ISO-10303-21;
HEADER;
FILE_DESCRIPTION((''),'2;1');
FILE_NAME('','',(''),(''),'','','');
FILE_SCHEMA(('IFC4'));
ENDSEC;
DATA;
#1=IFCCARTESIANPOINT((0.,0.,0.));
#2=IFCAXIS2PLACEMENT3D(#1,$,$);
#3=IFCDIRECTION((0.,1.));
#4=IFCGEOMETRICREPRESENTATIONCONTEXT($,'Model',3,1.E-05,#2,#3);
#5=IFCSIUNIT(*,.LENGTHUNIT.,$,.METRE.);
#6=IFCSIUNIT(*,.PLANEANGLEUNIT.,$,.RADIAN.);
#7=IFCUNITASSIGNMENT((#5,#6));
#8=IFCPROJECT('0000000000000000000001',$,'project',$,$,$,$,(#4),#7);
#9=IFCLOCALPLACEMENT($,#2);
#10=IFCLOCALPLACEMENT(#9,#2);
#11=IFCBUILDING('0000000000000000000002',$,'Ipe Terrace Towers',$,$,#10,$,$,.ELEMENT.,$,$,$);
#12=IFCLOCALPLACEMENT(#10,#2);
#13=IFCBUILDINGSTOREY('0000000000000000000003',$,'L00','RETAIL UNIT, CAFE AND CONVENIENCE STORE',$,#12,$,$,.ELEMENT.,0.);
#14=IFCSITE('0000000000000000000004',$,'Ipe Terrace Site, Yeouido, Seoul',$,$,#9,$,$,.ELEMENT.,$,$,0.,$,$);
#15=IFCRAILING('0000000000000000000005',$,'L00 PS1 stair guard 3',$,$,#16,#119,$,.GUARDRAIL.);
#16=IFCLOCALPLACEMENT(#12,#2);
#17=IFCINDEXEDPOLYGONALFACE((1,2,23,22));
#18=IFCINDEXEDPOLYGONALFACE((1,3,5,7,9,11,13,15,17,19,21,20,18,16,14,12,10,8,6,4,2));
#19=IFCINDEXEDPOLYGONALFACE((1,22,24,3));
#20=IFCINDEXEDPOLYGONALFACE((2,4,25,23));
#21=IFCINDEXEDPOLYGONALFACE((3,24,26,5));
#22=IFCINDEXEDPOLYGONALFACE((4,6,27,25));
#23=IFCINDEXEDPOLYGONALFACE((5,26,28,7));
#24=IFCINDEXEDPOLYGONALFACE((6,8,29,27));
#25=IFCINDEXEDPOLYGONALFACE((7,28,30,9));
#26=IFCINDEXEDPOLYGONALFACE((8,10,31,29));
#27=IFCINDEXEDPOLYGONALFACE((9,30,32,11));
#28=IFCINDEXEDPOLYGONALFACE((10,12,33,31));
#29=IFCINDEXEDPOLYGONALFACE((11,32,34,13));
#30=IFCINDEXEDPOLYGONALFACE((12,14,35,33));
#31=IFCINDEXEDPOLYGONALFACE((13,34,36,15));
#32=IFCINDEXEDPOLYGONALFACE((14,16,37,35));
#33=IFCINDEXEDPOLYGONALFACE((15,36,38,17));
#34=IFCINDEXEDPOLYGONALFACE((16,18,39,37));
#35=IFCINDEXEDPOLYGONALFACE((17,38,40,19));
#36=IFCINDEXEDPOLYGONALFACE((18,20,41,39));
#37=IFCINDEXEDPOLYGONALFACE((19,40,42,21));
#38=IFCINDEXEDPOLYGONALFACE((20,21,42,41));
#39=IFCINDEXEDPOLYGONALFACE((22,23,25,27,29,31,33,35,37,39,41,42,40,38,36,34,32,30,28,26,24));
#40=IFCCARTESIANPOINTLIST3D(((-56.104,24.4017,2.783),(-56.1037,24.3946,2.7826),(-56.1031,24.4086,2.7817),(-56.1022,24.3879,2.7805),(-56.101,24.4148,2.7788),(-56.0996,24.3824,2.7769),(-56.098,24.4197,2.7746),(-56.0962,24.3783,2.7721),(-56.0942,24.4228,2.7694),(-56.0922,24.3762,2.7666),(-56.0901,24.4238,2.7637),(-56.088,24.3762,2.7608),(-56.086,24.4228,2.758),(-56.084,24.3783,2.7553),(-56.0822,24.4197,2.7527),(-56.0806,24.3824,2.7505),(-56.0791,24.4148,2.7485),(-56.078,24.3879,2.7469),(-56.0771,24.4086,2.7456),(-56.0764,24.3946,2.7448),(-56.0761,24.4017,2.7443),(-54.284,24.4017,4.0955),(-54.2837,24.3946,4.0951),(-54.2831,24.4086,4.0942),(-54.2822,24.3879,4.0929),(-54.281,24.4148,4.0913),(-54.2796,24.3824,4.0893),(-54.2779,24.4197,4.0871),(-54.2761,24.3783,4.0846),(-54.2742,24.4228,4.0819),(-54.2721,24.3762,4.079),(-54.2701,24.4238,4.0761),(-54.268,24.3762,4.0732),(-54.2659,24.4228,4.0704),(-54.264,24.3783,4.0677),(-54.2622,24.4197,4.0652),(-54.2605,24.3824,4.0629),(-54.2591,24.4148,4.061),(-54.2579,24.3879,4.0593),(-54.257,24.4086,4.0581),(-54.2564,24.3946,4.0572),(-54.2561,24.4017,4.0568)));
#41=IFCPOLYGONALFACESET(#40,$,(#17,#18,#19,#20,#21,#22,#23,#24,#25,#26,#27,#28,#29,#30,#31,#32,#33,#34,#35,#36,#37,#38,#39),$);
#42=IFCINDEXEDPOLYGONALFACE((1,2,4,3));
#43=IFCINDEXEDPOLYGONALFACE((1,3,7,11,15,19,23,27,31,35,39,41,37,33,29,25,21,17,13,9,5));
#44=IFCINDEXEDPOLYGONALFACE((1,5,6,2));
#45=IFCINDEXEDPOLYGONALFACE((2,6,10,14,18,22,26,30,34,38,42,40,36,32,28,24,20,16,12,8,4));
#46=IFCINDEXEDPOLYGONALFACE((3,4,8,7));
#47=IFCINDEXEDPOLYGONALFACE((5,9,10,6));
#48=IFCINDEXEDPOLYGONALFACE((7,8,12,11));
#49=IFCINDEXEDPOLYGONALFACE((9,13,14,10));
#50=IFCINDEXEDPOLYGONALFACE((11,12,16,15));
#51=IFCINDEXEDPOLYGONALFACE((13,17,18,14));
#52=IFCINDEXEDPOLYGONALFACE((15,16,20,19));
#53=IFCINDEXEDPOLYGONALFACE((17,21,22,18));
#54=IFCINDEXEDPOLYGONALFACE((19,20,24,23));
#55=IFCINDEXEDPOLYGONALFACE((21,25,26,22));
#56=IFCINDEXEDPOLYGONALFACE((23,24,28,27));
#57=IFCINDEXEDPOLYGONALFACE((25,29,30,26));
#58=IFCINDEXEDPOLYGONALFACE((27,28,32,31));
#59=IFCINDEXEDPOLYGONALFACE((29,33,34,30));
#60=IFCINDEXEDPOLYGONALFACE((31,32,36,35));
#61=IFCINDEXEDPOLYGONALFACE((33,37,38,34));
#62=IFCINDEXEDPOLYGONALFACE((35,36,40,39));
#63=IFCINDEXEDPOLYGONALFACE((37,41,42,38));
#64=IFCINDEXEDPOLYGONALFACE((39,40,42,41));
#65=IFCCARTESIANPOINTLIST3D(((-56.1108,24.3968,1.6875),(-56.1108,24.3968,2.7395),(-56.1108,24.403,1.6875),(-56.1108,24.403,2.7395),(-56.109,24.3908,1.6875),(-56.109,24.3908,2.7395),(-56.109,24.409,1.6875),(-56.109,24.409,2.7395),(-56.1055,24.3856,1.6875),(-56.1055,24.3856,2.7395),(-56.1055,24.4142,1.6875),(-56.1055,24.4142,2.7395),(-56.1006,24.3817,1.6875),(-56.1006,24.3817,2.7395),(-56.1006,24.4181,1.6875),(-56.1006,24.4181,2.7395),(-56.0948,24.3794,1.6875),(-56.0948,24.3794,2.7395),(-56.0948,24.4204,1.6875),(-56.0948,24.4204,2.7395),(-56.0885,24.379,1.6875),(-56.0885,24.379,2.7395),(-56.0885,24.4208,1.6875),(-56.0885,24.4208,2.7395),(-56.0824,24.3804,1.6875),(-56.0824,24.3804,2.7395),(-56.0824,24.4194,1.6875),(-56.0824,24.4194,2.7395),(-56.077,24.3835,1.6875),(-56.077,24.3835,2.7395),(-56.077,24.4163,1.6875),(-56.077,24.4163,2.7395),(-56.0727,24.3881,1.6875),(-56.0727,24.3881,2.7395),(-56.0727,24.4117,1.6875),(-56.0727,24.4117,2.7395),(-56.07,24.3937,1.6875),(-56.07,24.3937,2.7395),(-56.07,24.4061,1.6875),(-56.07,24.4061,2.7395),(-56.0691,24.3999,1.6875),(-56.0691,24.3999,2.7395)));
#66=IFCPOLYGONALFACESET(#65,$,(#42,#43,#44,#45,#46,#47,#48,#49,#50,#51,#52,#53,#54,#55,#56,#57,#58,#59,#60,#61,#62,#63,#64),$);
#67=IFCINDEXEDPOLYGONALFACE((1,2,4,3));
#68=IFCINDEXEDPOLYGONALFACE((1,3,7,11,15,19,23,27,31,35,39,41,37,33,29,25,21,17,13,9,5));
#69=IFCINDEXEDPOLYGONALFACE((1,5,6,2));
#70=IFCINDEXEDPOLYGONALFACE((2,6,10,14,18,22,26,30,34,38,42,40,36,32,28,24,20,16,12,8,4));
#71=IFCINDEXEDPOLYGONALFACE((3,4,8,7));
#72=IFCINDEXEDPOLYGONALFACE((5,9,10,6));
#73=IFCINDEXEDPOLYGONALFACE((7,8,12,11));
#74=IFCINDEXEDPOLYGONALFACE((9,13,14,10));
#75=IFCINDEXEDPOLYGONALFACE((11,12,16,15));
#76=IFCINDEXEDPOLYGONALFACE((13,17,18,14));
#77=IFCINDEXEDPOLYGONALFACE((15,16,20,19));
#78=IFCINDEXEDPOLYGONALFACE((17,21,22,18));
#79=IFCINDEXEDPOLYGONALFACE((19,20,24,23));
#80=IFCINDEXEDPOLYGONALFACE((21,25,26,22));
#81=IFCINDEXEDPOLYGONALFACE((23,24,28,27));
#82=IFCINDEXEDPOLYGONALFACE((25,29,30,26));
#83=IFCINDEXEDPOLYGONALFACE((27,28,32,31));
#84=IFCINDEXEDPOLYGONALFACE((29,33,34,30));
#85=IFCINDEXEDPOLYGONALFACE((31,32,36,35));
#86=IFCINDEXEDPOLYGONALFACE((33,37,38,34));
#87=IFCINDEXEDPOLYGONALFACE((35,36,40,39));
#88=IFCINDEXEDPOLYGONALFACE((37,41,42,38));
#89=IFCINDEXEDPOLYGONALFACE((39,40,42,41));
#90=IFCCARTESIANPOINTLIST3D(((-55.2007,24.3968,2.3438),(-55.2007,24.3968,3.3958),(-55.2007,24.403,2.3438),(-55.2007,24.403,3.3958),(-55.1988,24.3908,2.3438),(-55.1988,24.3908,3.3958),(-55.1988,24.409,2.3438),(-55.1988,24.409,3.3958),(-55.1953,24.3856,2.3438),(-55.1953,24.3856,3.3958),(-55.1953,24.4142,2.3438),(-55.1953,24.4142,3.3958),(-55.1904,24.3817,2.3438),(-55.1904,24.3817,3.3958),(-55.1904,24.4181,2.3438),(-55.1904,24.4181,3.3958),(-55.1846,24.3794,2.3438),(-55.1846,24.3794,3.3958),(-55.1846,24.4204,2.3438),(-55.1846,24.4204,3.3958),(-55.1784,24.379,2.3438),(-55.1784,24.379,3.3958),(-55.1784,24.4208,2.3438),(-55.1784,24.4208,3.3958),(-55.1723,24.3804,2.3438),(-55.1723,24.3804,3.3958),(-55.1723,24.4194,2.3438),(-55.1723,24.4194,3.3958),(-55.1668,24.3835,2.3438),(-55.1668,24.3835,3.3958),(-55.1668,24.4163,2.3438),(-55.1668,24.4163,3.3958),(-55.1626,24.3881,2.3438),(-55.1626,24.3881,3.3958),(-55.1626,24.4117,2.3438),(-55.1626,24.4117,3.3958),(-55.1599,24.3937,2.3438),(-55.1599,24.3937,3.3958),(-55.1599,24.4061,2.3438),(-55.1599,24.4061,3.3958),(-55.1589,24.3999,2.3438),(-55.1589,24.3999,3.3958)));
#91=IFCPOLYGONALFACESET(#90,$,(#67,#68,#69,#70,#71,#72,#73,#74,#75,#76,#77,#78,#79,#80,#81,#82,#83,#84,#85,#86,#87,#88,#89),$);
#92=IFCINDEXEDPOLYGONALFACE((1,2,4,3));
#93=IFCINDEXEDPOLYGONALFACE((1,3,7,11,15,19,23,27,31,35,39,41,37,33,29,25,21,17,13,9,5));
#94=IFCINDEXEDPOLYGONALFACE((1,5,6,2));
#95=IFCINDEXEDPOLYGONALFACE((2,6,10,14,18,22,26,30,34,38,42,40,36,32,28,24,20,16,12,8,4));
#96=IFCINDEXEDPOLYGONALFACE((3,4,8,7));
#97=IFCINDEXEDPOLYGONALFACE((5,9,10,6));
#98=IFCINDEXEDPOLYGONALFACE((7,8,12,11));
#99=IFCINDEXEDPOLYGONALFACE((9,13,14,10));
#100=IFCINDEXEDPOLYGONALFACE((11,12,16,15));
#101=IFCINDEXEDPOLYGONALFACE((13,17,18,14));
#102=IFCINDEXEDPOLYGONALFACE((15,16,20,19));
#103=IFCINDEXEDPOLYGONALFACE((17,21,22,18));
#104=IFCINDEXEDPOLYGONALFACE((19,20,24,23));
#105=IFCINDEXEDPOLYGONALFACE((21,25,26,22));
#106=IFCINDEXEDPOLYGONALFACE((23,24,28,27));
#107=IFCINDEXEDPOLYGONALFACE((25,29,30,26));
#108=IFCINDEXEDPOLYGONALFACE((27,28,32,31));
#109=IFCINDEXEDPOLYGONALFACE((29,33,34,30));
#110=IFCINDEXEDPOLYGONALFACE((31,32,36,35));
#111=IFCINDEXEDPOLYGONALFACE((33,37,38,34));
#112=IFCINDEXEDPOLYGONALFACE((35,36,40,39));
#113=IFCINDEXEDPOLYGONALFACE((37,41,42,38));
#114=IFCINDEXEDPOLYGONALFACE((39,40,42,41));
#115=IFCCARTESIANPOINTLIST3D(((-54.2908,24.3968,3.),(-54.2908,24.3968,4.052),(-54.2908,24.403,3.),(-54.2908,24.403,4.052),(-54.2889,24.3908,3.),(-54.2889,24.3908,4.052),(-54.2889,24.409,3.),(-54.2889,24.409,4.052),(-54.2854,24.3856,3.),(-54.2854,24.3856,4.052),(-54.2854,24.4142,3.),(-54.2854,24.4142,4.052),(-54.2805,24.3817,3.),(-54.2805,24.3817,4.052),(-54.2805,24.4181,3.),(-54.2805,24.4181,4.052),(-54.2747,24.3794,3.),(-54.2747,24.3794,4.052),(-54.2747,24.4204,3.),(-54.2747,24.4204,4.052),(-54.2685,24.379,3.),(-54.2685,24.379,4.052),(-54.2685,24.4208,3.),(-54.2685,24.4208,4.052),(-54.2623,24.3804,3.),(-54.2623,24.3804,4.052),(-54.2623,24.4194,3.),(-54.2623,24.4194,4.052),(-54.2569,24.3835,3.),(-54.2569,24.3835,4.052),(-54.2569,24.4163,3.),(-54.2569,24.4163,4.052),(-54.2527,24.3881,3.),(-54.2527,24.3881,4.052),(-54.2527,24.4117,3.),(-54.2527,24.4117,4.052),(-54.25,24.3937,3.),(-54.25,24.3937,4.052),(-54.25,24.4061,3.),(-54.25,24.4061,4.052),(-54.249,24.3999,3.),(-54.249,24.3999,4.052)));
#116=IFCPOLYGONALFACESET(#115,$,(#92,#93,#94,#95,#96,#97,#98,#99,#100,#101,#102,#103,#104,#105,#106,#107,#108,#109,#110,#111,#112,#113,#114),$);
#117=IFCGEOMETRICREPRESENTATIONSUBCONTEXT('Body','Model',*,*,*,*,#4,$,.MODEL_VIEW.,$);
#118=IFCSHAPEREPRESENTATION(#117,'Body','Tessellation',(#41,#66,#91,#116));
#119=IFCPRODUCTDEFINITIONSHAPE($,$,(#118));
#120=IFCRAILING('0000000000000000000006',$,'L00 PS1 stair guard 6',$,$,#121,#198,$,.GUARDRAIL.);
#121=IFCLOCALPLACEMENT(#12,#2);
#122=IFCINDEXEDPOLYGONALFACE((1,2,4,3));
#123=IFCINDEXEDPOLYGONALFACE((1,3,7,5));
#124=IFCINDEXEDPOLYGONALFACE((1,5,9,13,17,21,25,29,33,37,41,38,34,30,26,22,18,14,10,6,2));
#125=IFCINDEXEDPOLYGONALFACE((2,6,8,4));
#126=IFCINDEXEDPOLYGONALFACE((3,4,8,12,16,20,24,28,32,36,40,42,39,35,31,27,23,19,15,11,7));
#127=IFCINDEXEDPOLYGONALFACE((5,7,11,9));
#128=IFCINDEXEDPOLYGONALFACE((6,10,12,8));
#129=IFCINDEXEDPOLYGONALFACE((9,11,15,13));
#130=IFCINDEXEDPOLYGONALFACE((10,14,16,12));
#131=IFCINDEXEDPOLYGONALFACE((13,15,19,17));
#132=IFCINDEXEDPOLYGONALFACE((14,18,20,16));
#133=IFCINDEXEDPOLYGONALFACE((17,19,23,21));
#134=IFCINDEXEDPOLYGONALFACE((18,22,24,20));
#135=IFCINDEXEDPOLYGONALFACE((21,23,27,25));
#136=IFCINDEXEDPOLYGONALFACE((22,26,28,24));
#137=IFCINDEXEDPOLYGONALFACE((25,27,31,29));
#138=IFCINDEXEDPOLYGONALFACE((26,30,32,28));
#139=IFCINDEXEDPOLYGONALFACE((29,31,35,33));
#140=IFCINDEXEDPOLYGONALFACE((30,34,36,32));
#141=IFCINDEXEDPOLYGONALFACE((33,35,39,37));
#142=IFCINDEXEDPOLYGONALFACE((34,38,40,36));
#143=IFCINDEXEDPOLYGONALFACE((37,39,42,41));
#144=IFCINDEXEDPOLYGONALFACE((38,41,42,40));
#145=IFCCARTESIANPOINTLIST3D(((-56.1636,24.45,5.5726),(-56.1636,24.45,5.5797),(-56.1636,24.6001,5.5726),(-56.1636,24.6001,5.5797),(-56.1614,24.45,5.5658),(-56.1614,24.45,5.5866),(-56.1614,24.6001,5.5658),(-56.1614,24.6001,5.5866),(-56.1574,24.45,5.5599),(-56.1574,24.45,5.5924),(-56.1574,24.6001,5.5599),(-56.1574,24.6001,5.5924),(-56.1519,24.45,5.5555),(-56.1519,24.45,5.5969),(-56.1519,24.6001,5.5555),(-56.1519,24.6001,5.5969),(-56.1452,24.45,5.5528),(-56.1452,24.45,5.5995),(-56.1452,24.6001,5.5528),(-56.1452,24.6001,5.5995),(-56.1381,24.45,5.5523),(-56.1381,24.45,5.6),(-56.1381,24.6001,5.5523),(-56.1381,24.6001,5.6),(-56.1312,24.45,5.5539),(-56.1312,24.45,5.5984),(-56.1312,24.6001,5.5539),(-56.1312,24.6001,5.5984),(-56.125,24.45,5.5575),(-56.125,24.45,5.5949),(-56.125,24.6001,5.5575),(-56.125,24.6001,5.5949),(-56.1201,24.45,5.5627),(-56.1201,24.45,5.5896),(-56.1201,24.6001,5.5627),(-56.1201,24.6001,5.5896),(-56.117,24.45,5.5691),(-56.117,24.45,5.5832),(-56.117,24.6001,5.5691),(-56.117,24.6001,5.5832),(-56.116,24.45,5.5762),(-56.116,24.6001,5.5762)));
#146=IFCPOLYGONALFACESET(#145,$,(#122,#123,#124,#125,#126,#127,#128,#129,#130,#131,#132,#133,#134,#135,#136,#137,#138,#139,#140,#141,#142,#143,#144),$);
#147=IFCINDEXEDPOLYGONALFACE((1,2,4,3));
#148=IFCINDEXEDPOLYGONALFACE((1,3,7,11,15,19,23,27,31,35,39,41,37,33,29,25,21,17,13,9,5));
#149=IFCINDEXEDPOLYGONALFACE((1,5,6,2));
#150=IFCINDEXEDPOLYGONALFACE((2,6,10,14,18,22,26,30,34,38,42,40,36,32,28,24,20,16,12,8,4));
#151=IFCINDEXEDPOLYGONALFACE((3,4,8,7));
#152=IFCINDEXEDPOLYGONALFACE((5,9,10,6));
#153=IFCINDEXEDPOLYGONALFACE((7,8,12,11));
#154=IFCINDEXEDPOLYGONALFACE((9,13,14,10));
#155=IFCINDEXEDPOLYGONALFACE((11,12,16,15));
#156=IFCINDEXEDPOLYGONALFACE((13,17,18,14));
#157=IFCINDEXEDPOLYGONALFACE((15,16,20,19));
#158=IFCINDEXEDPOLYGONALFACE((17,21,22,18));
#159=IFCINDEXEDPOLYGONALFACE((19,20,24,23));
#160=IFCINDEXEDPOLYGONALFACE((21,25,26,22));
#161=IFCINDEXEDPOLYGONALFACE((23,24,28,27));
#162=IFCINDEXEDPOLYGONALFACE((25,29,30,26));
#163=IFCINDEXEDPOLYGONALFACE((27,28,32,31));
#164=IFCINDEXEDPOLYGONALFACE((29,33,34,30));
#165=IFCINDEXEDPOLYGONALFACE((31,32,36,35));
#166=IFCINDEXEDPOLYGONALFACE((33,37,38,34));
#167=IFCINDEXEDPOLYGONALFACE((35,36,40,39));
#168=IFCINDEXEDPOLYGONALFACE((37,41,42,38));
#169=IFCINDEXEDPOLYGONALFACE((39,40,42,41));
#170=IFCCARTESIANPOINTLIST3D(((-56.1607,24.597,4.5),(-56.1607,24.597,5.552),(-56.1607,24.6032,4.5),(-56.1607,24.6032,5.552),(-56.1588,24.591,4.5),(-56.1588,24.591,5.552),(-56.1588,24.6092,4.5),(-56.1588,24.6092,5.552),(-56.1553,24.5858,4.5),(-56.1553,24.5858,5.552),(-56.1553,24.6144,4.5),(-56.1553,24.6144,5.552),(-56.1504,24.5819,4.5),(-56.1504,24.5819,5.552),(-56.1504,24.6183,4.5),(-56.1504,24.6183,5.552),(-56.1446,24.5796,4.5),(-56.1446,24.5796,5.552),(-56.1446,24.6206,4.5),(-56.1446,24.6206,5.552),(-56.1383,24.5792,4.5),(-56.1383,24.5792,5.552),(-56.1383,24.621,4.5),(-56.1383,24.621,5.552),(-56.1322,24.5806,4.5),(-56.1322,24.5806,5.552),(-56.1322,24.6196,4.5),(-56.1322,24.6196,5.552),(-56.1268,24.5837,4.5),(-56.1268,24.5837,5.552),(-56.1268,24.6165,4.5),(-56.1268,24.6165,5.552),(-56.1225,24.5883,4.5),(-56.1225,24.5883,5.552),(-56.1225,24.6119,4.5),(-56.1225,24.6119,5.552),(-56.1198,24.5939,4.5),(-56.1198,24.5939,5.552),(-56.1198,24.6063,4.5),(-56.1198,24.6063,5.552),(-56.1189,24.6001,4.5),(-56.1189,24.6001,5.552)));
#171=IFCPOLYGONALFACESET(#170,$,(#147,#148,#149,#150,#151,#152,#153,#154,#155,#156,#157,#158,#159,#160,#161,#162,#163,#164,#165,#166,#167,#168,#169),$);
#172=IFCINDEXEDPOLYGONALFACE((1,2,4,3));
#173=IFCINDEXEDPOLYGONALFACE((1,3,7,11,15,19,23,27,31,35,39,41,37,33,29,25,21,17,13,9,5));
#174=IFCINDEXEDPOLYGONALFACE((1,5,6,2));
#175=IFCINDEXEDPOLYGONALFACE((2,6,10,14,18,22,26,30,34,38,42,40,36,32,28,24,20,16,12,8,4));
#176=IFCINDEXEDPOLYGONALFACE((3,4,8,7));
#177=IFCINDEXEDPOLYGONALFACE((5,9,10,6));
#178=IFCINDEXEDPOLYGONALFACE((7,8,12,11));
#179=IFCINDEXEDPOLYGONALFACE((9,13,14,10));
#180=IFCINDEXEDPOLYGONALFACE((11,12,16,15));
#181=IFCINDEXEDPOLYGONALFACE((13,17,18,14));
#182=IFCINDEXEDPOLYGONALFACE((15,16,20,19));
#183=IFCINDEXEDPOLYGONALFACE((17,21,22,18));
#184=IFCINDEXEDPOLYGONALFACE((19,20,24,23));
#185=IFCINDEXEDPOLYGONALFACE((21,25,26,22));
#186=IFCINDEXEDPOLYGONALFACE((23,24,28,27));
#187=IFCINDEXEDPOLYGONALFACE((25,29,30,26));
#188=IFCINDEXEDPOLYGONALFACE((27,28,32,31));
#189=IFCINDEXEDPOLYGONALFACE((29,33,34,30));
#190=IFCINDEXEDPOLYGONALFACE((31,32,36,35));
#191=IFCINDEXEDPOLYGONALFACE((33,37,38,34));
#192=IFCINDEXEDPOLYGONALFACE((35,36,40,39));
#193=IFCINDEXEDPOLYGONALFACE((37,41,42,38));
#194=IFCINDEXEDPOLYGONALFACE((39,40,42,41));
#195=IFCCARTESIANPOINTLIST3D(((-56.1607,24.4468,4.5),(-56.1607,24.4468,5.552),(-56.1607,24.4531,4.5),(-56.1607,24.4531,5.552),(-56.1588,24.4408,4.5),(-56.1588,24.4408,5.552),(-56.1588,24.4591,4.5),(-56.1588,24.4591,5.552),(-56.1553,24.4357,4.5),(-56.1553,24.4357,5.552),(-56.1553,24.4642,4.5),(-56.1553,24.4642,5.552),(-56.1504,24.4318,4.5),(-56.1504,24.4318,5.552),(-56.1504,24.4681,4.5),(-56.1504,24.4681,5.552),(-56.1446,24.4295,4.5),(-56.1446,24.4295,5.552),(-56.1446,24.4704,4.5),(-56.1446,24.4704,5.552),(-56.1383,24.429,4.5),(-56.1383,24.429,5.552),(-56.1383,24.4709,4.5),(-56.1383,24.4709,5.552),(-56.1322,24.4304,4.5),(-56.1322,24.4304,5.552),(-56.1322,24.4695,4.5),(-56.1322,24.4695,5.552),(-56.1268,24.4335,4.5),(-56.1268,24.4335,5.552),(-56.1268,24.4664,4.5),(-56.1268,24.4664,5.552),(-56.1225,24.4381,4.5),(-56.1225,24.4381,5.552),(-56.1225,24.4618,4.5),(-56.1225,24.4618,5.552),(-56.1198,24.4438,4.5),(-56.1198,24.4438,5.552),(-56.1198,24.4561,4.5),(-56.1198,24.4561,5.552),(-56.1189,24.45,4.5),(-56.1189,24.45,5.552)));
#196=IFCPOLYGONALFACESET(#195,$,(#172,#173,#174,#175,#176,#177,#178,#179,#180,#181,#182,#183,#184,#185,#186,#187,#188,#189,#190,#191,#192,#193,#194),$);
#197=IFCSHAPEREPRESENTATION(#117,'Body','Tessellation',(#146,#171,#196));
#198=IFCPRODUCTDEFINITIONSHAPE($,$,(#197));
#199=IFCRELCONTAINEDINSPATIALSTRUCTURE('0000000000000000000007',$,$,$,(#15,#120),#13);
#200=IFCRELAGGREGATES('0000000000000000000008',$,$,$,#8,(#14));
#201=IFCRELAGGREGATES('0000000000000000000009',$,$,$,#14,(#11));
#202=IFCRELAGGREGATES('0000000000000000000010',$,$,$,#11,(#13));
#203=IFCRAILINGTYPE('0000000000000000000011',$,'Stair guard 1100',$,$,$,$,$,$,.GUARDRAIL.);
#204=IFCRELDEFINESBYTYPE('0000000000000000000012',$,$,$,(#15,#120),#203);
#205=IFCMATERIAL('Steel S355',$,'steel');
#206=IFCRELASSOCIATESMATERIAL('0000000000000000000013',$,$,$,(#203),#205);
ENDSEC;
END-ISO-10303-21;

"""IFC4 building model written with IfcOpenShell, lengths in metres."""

from ifc_helpers import new_model, si_unit, direction, frame, origin, origin_2d, place, context, subcontext, project, spatial, circle, extrude, material, type_object, element, save


model = new_model("IFC4")

# Units and contexts
model_context = context("Model", 3, precision=1e-05, world=origin(), true_north=direction((0.0, 1.0)))
body_context = subcontext(model_context, "Body", "Model", "MODEL_VIEW")
ifc_project = project(units=[si_unit("LENGTHUNIT", "METRE"), si_unit("PLANEANGLEUNIT", "RADIAN")], contexts=[model_context])

# Site, building, storey
site_placement = place(None, origin())
site = spatial("IfcSite", under=ifc_project, at=site_placement, Name="Ipe Terrace Site, Yeouido, Seoul", CompositionType="ELEMENT", RefElevation=0.0)
building_placement = place(site_placement, origin())
building = spatial("IfcBuilding", under=site, at=building_placement, Name="Ipe Terrace Towers", CompositionType="ELEMENT")
storey_placement = place(building_placement, origin())
storey = spatial("IfcBuildingStorey", under=building, at=storey_placement, Name="L00", Description="RETAIL UNIT, CAFE AND CONVENIENCE STORE", CompositionType="ELEMENT", Elevation=0.0)

# Railings
ifc_material_1 = material(Name="Steel S355", Category="steel")
railing_type_1 = type_object("IfcRailingType", Name="Stair guard 1100", PredefinedType="GUARDRAIL", material=ifc_material_1)
railing_1_placement = place(storey_placement, frame((-56.0901, 24.3999, 1.6875)))
element("IfcRailing", 1, at=railing_1_placement, inside=storey, type_object=railing_type_1, Name="L00 PS1 stair guard 3", PredefinedType="GUARDRAIL", context=body_context, shape_type="SweptSolid", body=[
    extrude(circle(Radius=0.0239, at=origin_2d()), frame((0.0, 0.0, 1.0762), z_axis=(0.811101, 0.0, 0.584906), x_axis=(0.0, 1.0, 0.0)), (0.0, 0.0, 1.0), 2.2439),
    extrude(circle(Radius=0.021, at=origin_2d()), origin(), (0.0, 0.0, 1.0), 1.052),
    extrude(circle(Radius=0.021, at=origin_2d()), frame((0.9102, 0.0, 0.6562)), (0.0, 0.0, 1.0), 1.052),
    extrude(circle(Radius=0.021, at=origin_2d()), frame((1.8201, 0.0, 1.3125)), (0.0, 0.0, 1.0), 1.052),
])
railing_2_placement = place(storey_placement, frame((-56.1399, 24.6001, 4.5)))
element("IfcRailing", 2, at=railing_2_placement, inside=storey, type_object=railing_type_1, Name="L00 PS1 stair guard 6", PredefinedType="GUARDRAIL", context=body_context, shape_type="SweptSolid", body=[
    extrude(circle(Radius=0.0239, at=origin_2d()), frame((0.0, 0.0, 1.0762), z_axis=(0.0, -1.0, 0.0), x_axis=(1.0, 0.0, 0.0)), (0.0, 0.0, 1.0), 0.1501),
    extrude(circle(Radius=0.021, at=origin_2d()), origin(), (0.0, 0.0, 1.0), 1.052),
    extrude(circle(Radius=0.021, at=origin_2d()), frame((0.0, -0.1501, 0.0)), (0.0, 0.0, 1.0), 1.052),
])

save(model, "model.ifc")
